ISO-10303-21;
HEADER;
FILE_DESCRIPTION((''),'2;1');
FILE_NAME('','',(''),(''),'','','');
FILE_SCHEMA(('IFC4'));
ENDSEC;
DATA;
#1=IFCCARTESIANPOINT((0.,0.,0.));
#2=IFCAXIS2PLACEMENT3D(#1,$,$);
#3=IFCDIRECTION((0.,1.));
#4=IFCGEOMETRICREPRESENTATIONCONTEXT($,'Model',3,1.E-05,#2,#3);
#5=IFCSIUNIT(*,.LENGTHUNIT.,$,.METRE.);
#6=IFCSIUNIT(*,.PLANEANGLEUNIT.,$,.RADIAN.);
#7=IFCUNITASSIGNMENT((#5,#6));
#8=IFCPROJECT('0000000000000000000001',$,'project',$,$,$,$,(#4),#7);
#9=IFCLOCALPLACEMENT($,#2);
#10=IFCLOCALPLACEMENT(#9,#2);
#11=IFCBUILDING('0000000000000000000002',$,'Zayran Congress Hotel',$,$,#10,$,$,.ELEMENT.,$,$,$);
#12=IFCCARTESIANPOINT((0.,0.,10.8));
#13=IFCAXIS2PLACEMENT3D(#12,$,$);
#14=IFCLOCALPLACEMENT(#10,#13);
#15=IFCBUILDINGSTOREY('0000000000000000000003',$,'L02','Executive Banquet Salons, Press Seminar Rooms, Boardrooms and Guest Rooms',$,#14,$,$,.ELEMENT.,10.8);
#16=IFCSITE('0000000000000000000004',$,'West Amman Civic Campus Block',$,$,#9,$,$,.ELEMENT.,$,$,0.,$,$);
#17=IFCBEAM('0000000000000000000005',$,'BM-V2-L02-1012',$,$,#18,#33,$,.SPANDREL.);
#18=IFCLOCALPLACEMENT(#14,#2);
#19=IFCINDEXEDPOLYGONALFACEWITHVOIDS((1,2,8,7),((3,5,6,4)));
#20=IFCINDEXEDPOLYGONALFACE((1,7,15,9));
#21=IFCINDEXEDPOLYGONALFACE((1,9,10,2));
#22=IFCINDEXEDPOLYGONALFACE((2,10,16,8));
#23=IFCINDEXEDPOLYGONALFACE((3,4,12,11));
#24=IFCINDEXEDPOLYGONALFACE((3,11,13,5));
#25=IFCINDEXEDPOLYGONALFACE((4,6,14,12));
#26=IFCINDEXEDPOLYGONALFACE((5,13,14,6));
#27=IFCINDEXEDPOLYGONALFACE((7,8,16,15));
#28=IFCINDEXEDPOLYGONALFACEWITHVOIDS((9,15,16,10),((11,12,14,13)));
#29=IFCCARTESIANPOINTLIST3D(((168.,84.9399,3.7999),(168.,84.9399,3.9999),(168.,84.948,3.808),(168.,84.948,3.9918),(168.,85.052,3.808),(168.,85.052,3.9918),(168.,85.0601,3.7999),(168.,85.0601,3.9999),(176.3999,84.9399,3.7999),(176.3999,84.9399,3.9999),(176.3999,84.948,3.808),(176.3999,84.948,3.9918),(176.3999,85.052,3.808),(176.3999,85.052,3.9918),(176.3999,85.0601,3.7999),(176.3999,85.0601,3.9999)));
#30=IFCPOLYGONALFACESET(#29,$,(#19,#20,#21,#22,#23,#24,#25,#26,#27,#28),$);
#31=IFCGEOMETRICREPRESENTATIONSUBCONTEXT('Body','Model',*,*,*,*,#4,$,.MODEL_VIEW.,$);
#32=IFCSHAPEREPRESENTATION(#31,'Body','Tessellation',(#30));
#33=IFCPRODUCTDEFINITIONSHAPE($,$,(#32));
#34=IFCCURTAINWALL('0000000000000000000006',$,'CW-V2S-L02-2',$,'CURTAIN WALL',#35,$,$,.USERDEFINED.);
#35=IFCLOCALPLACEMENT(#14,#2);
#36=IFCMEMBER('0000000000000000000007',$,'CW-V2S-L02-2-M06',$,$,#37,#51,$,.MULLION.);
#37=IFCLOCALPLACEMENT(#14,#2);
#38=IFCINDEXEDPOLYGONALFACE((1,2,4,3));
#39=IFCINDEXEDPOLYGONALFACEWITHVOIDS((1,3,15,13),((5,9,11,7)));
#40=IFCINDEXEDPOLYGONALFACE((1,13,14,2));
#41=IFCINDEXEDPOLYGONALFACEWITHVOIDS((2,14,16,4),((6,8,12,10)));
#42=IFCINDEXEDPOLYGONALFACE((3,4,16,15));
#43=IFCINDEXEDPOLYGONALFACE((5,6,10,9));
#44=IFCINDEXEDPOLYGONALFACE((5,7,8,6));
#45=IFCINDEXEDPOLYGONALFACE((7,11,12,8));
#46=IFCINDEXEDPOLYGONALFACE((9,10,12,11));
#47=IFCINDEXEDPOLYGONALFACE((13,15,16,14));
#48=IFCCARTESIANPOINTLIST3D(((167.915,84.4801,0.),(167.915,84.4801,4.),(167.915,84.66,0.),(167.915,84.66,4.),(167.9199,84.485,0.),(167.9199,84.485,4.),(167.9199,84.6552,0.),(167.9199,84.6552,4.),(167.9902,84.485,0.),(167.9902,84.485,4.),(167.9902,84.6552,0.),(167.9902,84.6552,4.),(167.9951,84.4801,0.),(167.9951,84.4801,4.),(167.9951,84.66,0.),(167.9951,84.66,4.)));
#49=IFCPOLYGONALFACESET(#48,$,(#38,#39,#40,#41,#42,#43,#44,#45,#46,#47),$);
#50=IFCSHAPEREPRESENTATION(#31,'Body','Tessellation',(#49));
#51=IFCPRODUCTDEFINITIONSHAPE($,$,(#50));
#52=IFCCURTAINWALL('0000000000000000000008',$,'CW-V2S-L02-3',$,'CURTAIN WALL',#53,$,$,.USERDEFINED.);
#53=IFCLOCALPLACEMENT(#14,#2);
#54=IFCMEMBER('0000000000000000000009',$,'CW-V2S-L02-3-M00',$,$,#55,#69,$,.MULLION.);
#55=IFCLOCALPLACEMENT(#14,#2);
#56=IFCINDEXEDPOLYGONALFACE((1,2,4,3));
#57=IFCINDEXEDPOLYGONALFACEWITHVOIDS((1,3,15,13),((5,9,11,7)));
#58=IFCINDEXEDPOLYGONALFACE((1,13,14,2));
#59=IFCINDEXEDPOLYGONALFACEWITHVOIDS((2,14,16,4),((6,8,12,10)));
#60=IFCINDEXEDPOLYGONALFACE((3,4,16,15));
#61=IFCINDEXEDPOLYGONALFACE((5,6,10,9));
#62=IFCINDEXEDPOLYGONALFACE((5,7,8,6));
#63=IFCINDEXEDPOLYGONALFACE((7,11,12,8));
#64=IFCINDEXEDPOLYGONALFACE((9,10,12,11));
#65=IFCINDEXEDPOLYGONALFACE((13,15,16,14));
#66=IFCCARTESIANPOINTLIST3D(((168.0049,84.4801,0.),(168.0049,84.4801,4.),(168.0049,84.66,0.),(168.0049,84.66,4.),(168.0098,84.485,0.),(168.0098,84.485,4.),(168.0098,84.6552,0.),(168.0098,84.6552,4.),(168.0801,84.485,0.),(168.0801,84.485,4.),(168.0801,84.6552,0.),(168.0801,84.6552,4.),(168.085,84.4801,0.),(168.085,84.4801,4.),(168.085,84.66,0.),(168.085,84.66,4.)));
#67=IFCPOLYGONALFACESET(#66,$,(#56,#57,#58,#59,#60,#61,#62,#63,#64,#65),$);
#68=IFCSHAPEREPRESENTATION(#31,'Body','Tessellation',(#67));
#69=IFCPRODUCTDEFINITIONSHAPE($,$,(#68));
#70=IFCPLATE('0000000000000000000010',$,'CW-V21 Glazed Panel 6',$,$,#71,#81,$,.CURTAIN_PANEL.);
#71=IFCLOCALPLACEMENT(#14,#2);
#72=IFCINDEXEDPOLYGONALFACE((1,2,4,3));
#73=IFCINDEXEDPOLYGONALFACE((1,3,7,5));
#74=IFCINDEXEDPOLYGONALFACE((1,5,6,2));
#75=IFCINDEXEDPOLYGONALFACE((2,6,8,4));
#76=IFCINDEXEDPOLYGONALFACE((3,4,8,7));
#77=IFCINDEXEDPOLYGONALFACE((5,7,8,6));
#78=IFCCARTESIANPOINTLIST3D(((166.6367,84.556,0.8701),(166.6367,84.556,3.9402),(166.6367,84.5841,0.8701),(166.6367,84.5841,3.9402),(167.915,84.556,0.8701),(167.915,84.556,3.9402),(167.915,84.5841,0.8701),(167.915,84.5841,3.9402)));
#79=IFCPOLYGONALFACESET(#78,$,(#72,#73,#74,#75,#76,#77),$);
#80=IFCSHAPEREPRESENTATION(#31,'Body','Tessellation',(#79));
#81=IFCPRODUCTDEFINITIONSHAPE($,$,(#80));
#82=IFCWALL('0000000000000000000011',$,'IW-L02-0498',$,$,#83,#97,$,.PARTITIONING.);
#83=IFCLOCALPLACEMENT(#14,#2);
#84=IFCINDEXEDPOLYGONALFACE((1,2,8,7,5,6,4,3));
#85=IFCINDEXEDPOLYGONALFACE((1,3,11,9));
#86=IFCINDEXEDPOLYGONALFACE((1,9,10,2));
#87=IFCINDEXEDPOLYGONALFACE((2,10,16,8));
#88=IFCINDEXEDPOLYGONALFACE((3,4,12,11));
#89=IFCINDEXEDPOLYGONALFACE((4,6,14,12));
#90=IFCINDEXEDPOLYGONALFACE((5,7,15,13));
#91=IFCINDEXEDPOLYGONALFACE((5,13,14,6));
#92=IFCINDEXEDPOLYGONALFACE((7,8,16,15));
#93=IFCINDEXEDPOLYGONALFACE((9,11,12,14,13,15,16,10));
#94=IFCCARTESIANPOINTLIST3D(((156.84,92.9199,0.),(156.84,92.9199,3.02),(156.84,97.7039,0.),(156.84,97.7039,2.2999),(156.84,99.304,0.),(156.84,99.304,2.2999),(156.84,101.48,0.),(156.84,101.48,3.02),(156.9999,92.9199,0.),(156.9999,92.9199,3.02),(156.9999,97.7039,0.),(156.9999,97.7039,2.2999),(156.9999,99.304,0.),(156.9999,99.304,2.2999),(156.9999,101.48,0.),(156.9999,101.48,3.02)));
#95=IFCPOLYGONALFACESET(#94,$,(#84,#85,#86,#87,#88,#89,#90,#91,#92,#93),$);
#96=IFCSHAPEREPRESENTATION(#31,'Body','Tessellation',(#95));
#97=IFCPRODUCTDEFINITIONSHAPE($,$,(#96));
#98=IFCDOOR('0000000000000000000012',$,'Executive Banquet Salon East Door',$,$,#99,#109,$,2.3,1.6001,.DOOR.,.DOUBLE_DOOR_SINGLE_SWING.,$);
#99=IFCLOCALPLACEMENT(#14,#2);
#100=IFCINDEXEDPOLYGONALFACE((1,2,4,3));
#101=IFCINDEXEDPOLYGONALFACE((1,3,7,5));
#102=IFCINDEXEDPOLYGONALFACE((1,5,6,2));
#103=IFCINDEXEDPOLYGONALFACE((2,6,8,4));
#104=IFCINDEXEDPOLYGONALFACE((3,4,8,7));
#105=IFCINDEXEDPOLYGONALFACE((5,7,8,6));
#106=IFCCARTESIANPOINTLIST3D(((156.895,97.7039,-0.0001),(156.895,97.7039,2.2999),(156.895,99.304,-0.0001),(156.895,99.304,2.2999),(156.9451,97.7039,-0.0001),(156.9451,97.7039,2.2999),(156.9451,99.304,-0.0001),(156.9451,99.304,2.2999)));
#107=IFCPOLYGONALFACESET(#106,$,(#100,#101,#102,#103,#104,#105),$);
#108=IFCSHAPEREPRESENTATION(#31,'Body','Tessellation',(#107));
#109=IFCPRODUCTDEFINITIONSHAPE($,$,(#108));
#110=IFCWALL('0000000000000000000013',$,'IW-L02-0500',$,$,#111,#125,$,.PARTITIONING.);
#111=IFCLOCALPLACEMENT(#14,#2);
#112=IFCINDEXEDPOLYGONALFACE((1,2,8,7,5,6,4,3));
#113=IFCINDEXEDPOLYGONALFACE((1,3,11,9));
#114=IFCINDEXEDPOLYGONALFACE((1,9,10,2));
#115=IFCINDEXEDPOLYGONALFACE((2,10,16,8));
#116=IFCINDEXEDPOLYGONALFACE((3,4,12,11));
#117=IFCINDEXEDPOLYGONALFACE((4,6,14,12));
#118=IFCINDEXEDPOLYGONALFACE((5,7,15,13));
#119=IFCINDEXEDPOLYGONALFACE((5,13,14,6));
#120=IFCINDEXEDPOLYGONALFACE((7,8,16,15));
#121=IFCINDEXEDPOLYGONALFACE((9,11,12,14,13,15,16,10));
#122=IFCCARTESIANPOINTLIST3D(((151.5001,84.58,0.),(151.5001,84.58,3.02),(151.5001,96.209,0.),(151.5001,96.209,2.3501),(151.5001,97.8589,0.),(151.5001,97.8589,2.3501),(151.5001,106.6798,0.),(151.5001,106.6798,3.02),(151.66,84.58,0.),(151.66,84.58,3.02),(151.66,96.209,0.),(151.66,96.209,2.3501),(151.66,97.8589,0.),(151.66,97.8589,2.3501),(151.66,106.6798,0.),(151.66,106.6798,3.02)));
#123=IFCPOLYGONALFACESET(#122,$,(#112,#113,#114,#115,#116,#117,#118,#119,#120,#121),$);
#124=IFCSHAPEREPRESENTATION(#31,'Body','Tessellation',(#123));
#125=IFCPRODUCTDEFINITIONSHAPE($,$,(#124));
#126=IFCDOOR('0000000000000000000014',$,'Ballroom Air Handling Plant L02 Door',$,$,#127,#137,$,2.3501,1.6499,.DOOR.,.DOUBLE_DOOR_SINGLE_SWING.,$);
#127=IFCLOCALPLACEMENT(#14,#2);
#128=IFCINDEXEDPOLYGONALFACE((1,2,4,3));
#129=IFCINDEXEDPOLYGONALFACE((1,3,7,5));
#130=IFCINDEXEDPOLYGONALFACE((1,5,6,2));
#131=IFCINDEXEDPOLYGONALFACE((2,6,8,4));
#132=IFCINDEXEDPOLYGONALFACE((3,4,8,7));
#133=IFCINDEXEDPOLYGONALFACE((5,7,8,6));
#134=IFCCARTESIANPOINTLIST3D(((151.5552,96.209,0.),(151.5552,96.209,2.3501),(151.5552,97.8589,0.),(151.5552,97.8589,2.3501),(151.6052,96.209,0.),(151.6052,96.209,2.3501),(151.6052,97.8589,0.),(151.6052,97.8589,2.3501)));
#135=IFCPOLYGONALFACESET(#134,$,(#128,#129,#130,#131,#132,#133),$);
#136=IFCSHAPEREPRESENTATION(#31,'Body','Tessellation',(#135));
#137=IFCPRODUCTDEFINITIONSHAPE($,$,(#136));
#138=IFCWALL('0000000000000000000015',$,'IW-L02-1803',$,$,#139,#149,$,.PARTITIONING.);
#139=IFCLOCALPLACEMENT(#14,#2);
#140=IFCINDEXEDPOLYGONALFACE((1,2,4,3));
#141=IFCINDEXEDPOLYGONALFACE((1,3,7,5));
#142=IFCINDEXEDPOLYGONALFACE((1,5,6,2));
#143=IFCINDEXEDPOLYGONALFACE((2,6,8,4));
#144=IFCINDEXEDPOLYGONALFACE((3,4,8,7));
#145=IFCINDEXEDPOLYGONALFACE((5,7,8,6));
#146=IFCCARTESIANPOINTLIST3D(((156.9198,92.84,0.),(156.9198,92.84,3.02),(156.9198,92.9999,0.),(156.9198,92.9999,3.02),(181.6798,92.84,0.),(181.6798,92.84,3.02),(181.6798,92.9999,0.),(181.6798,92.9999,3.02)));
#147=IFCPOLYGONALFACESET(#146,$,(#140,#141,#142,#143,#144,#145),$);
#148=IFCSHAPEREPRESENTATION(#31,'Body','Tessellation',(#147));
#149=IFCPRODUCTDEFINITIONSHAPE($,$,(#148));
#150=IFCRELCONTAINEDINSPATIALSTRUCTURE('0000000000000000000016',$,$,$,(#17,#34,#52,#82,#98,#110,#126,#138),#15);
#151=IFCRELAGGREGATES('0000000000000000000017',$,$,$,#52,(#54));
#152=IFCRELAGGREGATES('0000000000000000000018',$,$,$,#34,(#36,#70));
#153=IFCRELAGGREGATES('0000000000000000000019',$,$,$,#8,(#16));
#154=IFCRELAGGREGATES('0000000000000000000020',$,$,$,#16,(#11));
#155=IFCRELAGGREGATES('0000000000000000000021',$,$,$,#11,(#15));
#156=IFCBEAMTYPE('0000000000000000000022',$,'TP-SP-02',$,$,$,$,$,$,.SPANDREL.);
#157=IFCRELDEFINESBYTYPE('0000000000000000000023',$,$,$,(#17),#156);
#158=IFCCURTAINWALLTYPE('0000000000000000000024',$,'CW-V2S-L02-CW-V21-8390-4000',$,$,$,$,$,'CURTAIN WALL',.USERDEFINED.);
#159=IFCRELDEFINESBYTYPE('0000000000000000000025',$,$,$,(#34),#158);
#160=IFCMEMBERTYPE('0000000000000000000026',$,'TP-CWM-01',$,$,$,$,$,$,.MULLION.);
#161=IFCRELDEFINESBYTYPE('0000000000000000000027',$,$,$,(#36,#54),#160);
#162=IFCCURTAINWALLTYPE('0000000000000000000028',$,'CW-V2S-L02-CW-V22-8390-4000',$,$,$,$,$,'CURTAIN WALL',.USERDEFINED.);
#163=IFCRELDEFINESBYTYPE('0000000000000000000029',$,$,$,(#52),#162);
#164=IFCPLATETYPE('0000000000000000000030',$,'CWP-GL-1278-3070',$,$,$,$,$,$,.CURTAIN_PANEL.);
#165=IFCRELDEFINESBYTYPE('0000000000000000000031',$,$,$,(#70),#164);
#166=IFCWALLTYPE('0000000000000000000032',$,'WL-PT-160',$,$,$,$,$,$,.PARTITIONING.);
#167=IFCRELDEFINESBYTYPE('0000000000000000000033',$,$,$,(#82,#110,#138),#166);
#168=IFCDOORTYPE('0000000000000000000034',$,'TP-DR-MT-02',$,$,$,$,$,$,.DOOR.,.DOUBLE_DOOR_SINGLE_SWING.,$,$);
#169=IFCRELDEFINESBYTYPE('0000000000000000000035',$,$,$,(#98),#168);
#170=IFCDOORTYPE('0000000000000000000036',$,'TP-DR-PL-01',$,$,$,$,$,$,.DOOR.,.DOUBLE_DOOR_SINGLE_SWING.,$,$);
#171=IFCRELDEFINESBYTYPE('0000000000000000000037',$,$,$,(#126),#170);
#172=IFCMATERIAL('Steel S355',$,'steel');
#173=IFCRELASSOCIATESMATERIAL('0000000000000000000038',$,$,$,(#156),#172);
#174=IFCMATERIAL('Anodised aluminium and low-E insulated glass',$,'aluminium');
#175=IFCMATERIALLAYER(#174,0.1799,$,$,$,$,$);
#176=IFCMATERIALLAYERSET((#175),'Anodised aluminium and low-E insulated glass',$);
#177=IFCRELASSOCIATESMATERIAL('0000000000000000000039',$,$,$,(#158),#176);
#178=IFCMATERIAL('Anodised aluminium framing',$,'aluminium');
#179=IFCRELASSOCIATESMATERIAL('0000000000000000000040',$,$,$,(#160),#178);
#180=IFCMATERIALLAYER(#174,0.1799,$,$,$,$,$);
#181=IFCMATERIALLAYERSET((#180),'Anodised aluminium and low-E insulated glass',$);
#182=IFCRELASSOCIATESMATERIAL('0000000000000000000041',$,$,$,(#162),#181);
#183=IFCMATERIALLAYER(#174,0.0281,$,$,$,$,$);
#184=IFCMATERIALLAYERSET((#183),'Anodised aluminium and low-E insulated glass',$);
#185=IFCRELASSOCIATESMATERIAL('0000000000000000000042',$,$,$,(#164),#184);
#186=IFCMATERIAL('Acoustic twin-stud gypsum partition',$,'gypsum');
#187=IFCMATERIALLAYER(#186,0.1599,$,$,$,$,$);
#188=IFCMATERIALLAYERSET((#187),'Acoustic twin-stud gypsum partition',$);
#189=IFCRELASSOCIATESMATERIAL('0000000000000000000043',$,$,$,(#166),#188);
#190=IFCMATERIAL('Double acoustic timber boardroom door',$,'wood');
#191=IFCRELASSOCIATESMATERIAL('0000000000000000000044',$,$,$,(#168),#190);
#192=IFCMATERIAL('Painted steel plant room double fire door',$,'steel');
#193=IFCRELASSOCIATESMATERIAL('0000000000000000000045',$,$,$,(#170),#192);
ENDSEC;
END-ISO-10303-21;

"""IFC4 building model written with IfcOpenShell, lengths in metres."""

from ifc_helpers import new_model, si_unit, direction, frame, frame_2d, origin, origin_2d, place, context, subcontext, project, spatial, rectangle, hollow_rectangle, extrude, material, layer, layer_set, material_profile, profile_set, type_object, element, fill, aggregate, save


model = new_model("IFC4")

# Units and contexts
model_context = context("Model", 3, precision=1e-05, world=origin(), true_north=direction((0.0, 1.0)))
body_context = subcontext(model_context, "Body", "Model", "MODEL_VIEW")
ifc_project = project(units=[si_unit("LENGTHUNIT", "METRE"), si_unit("PLANEANGLEUNIT", "RADIAN")], contexts=[model_context])

# Site, building, storey
site_placement = place(None, origin())
site = spatial("IfcSite", under=ifc_project, at=site_placement, Name="West Amman Civic Campus Block", CompositionType="ELEMENT", RefElevation=0.0)
building_placement = place(site_placement, origin())
building = spatial("IfcBuilding", under=site, at=building_placement, Name="Zayran Congress Hotel", CompositionType="ELEMENT")
storey_placement = place(building_placement, frame((0.0, 0.0, 10.8)))
storey = spatial("IfcBuildingStorey", under=building, at=storey_placement, Name="L02", Description="Executive Banquet Salons, Press Seminar Rooms, Boardrooms and Guest Rooms", CompositionType="ELEMENT", Elevation=10.8)

# Shared definitions
ifc_material_1 = material(Name="Steel S355", Category="steel")

# Beam
ifc_material_profile_1 = material_profile(ifc_material_1, hollow_rectangle(XDim=0.1201, YDim=0.2, WallThickness=0.0081, at=origin_2d()), Name="RHS 200x120x8")
ifc_profile_set_1 = profile_set([ifc_material_profile_1], Name="Steel S355")
beam_type_1 = type_object("IfcBeamType", Name="TP-SP-02", PredefinedType="SPANDREL", material=ifc_profile_set_1)
for number, where, z_axis, x_axis, name in (
    (1, (168.0, 85.0, 3.8999), (1.0, 0.0, 0.0), (0.0, 1.0, 0.0), "BM-V2-L02-1012"),
):
    element("IfcBeam", number, at=place(storey_placement, frame(where, z_axis=z_axis, x_axis=x_axis)), inside=storey, type_object=beam_type_1, Name=name, PredefinedType="SPANDREL", context=body_context, shape_type="SweptSolid", body=[
        extrude(hollow_rectangle(XDim=0.1201, YDim=0.2, WallThickness=0.0081, at=origin_2d()), origin(), (0.0, 0.0, 1.0), 8.3999),
    ])

# Curtain walls, members
ifc_material_2 = material(Name="Anodised aluminium and low-E insulated glass", Category="aluminium")
ifc_layer_1 = layer(ifc_material_2, 0.1799)
ifc_layer_set_1 = layer_set([ifc_layer_1], Name="Anodised aluminium and low-E insulated glass")
curtain_wall_type_1 = type_object("IfcCurtainWallType", Name="CW-V2S-L02-CW-V21-8390-4000", ElementType="CURTAIN WALL", PredefinedType="USERDEFINED", material=ifc_layer_set_1)
curtain_wall_1_placement = place(storey_placement, origin())
curtain_wall_1 = element("IfcCurtainWall", 2, at=curtain_wall_1_placement, inside=storey, type_object=curtain_wall_type_1, Name="CW-V2S-L02-2", ObjectType="CURTAIN WALL", PredefinedType="USERDEFINED")
ifc_material_3 = material(Name="Anodised aluminium framing", Category="aluminium")
ifc_material_profile_2 = material_profile(ifc_material_3, hollow_rectangle(XDim=0.0801, YDim=0.1799, WallThickness=0.0049, at=origin_2d()), Name="RHS 180x80x5")
ifc_profile_set_2 = profile_set([ifc_material_profile_2], Name="Anodised aluminium framing")
member_type = type_object("IfcMemberType", Name="TP-CWM-01", PredefinedType="MULLION", material=ifc_profile_set_2)
member_1_placement = place(storey_placement, frame((167.9551, 84.5701, 0.0), z_axis=(0.0, 0.0, 1.0), x_axis=(1.0, 0.0, 0.0)))
member_1 = element("IfcMember", 3, at=member_1_placement, type_object=member_type, Name="CW-V2S-L02-2-M06", PredefinedType="MULLION", context=body_context, shape_type="SweptSolid", body=[
    extrude(hollow_rectangle(XDim=0.0801, YDim=0.1799, WallThickness=0.0049, at=origin_2d()), origin(), (0.0, 0.0, 1.0), 4.0),
])
ifc_layer_2 = layer(ifc_material_2, 0.1799)
ifc_layer_set_2 = layer_set([ifc_layer_2], Name="Anodised aluminium and low-E insulated glass")
curtain_wall_type_2 = type_object("IfcCurtainWallType", Name="CW-V2S-L02-CW-V22-8390-4000", ElementType="CURTAIN WALL", PredefinedType="USERDEFINED", material=ifc_layer_set_2)
curtain_wall_2_placement = place(storey_placement, origin())
curtain_wall_2 = element("IfcCurtainWall", 4, at=curtain_wall_2_placement, inside=storey, type_object=curtain_wall_type_2, Name="CW-V2S-L02-3", ObjectType="CURTAIN WALL", PredefinedType="USERDEFINED")
member_2_placement = place(storey_placement, frame((168.0449, 84.5701, 0.0), z_axis=(0.0, 0.0, 1.0), x_axis=(1.0, 0.0, 0.0)))
member_2 = element("IfcMember", 5, at=member_2_placement, type_object=member_type, Name="CW-V2S-L02-3-M00", PredefinedType="MULLION", context=body_context, shape_type="SweptSolid", body=[
    extrude(hollow_rectangle(XDim=0.0801, YDim=0.1799, WallThickness=0.0049, at=origin_2d()), origin(), (0.0, 0.0, 1.0), 4.0),
])
aggregate(curtain_wall_2, [member_2])

# Plate
ifc_layer_3 = layer(ifc_material_2, 0.0281)
ifc_layer_set_3 = layer_set([ifc_layer_3], Name="Anodised aluminium and low-E insulated glass")
plate_type = type_object("IfcPlateType", Name="CWP-GL-1278-3070", PredefinedType="CURTAIN_PANEL", material=ifc_layer_set_3)
plate_placement = place(storey_placement, frame((167.2759, 84.5701, 0.8701), z_axis=(0.0, 0.0, 1.0), x_axis=(1.0, 0.0, 0.0)))
plate = element("IfcPlate", 6, at=plate_placement, type_object=plate_type, Name="CW-V21 Glazed Panel 6", PredefinedType="CURTAIN_PANEL", context=body_context, shape_type="SweptSolid", body=[
    extrude(rectangle(XDim=1.2783, YDim=0.0281, at=origin_2d()), origin(), (0.0, 0.0, 1.0), 3.0701),
])
aggregate(curtain_wall_1, [member_1, plate])

# Walls, openings, doors
ifc_material_4 = material(Name="Acoustic twin-stud gypsum partition", Category="gypsum")
ifc_layer_4 = layer(ifc_material_4, 0.1599)
ifc_layer_set_4 = layer_set([ifc_layer_4], Name="Acoustic twin-stud gypsum partition")
wall_type = type_object("IfcWallType", Name="WL-PT-160", PredefinedType="PARTITIONING", material=ifc_layer_set_4)
wall_1_placement = place(storey_placement, frame((156.9199, 92.9199, 0.0), z_axis=(0.0, 0.0, 1.0), x_axis=(0.0, 1.0, 0.0)))
wall_1 = element("IfcWall", 7, at=wall_1_placement, inside=storey, type_object=wall_type, Name="IW-L02-0498", PredefinedType="PARTITIONING", context=body_context, shape_type="SweptSolid", body=[
    extrude(rectangle(XDim=8.5601, YDim=0.1599, at=frame_2d((4.28, 0.0))), origin(), (0.0, 0.0, 1.0), 3.02),
])
opening_1_placement = place(wall_1_placement, frame((4.7839, 0.0, 0.0)))
opening_1 = element("IfcOpeningElement", 8, at=opening_1_placement, cuts=wall_1, PredefinedType="OPENING", context=body_context, shape_type="SweptSolid", body=[
    extrude(rectangle(XDim=1.6001, YDim=2.3, at=frame_2d((0.8, 1.1499))), frame((0.0, 0.0898, 0.0), z_axis=(0.0, -1.0, 0.0), x_axis=(1.0, 0.0, 0.0)), (0.0, 0.0, 1.0), 0.1799),
])
ifc_material_5 = material(Name="Double acoustic timber boardroom door", Category="wood")
door_type_1 = type_object("IfcDoorType", Name="TP-DR-MT-02", OperationType="DOUBLE_DOOR_SINGLE_SWING", PredefinedType="DOOR", material=ifc_material_5)
door_1_placement = place(opening_1_placement, origin())
door_1 = element("IfcDoor", 9, at=door_1_placement, inside=storey, type_object=door_type_1, Name="Executive Banquet Salon East Door", OperationType="DOUBLE_DOOR_SINGLE_SWING", OverallHeight=2.3, OverallWidth=1.6001, PredefinedType="DOOR", context=body_context, shape_type="SweptSolid", body=[
    extrude(rectangle(XDim=1.6001, YDim=2.3, at=frame_2d((0.8, 1.1499))), frame((0.0, 0.0249, 0.0), z_axis=(0.0, -1.0, 0.0), x_axis=(1.0, 0.0, 0.0)), (0.0, 0.0, 1.0), 0.05),
])
fill(opening_1, door_1)
wall_2_placement = place(storey_placement, frame((151.5801, 84.5801, 0.0), z_axis=(0.0, 0.0, 1.0), x_axis=(0.0, 1.0, 0.0)))
wall_2 = element("IfcWall", 10, at=wall_2_placement, inside=storey, type_object=wall_type, Name="IW-L02-0500", PredefinedType="PARTITIONING", context=body_context, shape_type="SweptSolid", body=[
    extrude(rectangle(XDim=22.0999, YDim=0.1599, at=frame_2d((11.0498, 0.0))), origin(), (0.0, 0.0, 1.0), 3.02),
])
opening_2_placement = place(wall_2_placement, frame((11.6289, 0.0, 0.0)))
opening_2 = element("IfcOpeningElement", 11, at=opening_2_placement, cuts=wall_2, PredefinedType="OPENING", context=body_context, shape_type="SweptSolid", body=[
    extrude(rectangle(XDim=1.6499, YDim=2.3501, at=frame_2d((0.825, 1.175))), frame((0.0, 0.0898, 0.0), z_axis=(0.0, -1.0, 0.0), x_axis=(1.0, 0.0, 0.0)), (0.0, 0.0, 1.0), 0.1799),
])
ifc_material_6 = material(Name="Painted steel plant room double fire door", Category="steel")
door_type_2 = type_object("IfcDoorType", Name="TP-DR-PL-01", OperationType="DOUBLE_DOOR_SINGLE_SWING", PredefinedType="DOOR", material=ifc_material_6)
door_2_placement = place(opening_2_placement, origin())
door_2 = element("IfcDoor", 12, at=door_2_placement, inside=storey, type_object=door_type_2, Name="Ballroom Air Handling Plant L02 Door", OperationType="DOUBLE_DOOR_SINGLE_SWING", OverallHeight=2.3501, OverallWidth=1.6499, PredefinedType="DOOR", context=body_context, shape_type="SweptSolid", body=[
    extrude(rectangle(XDim=1.6499, YDim=2.3501, at=frame_2d((0.825, 1.175))), frame((0.0, 0.0249, 0.0), z_axis=(0.0, -1.0, 0.0), x_axis=(1.0, 0.0, 0.0)), (0.0, 0.0, 1.0), 0.05),
])
fill(opening_2, door_2)

# Wall
wall_3_placement = place(storey_placement, frame((156.9199, 92.9199, 0.0), z_axis=(0.0, 0.0, 1.0), x_axis=(1.0, 0.0, 0.0)))
element("IfcWall", 13, at=wall_3_placement, inside=storey, type_object=wall_type, Name="IW-L02-1803", PredefinedType="PARTITIONING", context=body_context, shape_type="SweptSolid", body=[
    extrude(rectangle(XDim=24.76, YDim=0.1599, at=frame_2d((12.3799, 0.0))), origin(), (0.0, 0.0, 1.0), 3.02),
])

save(model, "model.ifc")
